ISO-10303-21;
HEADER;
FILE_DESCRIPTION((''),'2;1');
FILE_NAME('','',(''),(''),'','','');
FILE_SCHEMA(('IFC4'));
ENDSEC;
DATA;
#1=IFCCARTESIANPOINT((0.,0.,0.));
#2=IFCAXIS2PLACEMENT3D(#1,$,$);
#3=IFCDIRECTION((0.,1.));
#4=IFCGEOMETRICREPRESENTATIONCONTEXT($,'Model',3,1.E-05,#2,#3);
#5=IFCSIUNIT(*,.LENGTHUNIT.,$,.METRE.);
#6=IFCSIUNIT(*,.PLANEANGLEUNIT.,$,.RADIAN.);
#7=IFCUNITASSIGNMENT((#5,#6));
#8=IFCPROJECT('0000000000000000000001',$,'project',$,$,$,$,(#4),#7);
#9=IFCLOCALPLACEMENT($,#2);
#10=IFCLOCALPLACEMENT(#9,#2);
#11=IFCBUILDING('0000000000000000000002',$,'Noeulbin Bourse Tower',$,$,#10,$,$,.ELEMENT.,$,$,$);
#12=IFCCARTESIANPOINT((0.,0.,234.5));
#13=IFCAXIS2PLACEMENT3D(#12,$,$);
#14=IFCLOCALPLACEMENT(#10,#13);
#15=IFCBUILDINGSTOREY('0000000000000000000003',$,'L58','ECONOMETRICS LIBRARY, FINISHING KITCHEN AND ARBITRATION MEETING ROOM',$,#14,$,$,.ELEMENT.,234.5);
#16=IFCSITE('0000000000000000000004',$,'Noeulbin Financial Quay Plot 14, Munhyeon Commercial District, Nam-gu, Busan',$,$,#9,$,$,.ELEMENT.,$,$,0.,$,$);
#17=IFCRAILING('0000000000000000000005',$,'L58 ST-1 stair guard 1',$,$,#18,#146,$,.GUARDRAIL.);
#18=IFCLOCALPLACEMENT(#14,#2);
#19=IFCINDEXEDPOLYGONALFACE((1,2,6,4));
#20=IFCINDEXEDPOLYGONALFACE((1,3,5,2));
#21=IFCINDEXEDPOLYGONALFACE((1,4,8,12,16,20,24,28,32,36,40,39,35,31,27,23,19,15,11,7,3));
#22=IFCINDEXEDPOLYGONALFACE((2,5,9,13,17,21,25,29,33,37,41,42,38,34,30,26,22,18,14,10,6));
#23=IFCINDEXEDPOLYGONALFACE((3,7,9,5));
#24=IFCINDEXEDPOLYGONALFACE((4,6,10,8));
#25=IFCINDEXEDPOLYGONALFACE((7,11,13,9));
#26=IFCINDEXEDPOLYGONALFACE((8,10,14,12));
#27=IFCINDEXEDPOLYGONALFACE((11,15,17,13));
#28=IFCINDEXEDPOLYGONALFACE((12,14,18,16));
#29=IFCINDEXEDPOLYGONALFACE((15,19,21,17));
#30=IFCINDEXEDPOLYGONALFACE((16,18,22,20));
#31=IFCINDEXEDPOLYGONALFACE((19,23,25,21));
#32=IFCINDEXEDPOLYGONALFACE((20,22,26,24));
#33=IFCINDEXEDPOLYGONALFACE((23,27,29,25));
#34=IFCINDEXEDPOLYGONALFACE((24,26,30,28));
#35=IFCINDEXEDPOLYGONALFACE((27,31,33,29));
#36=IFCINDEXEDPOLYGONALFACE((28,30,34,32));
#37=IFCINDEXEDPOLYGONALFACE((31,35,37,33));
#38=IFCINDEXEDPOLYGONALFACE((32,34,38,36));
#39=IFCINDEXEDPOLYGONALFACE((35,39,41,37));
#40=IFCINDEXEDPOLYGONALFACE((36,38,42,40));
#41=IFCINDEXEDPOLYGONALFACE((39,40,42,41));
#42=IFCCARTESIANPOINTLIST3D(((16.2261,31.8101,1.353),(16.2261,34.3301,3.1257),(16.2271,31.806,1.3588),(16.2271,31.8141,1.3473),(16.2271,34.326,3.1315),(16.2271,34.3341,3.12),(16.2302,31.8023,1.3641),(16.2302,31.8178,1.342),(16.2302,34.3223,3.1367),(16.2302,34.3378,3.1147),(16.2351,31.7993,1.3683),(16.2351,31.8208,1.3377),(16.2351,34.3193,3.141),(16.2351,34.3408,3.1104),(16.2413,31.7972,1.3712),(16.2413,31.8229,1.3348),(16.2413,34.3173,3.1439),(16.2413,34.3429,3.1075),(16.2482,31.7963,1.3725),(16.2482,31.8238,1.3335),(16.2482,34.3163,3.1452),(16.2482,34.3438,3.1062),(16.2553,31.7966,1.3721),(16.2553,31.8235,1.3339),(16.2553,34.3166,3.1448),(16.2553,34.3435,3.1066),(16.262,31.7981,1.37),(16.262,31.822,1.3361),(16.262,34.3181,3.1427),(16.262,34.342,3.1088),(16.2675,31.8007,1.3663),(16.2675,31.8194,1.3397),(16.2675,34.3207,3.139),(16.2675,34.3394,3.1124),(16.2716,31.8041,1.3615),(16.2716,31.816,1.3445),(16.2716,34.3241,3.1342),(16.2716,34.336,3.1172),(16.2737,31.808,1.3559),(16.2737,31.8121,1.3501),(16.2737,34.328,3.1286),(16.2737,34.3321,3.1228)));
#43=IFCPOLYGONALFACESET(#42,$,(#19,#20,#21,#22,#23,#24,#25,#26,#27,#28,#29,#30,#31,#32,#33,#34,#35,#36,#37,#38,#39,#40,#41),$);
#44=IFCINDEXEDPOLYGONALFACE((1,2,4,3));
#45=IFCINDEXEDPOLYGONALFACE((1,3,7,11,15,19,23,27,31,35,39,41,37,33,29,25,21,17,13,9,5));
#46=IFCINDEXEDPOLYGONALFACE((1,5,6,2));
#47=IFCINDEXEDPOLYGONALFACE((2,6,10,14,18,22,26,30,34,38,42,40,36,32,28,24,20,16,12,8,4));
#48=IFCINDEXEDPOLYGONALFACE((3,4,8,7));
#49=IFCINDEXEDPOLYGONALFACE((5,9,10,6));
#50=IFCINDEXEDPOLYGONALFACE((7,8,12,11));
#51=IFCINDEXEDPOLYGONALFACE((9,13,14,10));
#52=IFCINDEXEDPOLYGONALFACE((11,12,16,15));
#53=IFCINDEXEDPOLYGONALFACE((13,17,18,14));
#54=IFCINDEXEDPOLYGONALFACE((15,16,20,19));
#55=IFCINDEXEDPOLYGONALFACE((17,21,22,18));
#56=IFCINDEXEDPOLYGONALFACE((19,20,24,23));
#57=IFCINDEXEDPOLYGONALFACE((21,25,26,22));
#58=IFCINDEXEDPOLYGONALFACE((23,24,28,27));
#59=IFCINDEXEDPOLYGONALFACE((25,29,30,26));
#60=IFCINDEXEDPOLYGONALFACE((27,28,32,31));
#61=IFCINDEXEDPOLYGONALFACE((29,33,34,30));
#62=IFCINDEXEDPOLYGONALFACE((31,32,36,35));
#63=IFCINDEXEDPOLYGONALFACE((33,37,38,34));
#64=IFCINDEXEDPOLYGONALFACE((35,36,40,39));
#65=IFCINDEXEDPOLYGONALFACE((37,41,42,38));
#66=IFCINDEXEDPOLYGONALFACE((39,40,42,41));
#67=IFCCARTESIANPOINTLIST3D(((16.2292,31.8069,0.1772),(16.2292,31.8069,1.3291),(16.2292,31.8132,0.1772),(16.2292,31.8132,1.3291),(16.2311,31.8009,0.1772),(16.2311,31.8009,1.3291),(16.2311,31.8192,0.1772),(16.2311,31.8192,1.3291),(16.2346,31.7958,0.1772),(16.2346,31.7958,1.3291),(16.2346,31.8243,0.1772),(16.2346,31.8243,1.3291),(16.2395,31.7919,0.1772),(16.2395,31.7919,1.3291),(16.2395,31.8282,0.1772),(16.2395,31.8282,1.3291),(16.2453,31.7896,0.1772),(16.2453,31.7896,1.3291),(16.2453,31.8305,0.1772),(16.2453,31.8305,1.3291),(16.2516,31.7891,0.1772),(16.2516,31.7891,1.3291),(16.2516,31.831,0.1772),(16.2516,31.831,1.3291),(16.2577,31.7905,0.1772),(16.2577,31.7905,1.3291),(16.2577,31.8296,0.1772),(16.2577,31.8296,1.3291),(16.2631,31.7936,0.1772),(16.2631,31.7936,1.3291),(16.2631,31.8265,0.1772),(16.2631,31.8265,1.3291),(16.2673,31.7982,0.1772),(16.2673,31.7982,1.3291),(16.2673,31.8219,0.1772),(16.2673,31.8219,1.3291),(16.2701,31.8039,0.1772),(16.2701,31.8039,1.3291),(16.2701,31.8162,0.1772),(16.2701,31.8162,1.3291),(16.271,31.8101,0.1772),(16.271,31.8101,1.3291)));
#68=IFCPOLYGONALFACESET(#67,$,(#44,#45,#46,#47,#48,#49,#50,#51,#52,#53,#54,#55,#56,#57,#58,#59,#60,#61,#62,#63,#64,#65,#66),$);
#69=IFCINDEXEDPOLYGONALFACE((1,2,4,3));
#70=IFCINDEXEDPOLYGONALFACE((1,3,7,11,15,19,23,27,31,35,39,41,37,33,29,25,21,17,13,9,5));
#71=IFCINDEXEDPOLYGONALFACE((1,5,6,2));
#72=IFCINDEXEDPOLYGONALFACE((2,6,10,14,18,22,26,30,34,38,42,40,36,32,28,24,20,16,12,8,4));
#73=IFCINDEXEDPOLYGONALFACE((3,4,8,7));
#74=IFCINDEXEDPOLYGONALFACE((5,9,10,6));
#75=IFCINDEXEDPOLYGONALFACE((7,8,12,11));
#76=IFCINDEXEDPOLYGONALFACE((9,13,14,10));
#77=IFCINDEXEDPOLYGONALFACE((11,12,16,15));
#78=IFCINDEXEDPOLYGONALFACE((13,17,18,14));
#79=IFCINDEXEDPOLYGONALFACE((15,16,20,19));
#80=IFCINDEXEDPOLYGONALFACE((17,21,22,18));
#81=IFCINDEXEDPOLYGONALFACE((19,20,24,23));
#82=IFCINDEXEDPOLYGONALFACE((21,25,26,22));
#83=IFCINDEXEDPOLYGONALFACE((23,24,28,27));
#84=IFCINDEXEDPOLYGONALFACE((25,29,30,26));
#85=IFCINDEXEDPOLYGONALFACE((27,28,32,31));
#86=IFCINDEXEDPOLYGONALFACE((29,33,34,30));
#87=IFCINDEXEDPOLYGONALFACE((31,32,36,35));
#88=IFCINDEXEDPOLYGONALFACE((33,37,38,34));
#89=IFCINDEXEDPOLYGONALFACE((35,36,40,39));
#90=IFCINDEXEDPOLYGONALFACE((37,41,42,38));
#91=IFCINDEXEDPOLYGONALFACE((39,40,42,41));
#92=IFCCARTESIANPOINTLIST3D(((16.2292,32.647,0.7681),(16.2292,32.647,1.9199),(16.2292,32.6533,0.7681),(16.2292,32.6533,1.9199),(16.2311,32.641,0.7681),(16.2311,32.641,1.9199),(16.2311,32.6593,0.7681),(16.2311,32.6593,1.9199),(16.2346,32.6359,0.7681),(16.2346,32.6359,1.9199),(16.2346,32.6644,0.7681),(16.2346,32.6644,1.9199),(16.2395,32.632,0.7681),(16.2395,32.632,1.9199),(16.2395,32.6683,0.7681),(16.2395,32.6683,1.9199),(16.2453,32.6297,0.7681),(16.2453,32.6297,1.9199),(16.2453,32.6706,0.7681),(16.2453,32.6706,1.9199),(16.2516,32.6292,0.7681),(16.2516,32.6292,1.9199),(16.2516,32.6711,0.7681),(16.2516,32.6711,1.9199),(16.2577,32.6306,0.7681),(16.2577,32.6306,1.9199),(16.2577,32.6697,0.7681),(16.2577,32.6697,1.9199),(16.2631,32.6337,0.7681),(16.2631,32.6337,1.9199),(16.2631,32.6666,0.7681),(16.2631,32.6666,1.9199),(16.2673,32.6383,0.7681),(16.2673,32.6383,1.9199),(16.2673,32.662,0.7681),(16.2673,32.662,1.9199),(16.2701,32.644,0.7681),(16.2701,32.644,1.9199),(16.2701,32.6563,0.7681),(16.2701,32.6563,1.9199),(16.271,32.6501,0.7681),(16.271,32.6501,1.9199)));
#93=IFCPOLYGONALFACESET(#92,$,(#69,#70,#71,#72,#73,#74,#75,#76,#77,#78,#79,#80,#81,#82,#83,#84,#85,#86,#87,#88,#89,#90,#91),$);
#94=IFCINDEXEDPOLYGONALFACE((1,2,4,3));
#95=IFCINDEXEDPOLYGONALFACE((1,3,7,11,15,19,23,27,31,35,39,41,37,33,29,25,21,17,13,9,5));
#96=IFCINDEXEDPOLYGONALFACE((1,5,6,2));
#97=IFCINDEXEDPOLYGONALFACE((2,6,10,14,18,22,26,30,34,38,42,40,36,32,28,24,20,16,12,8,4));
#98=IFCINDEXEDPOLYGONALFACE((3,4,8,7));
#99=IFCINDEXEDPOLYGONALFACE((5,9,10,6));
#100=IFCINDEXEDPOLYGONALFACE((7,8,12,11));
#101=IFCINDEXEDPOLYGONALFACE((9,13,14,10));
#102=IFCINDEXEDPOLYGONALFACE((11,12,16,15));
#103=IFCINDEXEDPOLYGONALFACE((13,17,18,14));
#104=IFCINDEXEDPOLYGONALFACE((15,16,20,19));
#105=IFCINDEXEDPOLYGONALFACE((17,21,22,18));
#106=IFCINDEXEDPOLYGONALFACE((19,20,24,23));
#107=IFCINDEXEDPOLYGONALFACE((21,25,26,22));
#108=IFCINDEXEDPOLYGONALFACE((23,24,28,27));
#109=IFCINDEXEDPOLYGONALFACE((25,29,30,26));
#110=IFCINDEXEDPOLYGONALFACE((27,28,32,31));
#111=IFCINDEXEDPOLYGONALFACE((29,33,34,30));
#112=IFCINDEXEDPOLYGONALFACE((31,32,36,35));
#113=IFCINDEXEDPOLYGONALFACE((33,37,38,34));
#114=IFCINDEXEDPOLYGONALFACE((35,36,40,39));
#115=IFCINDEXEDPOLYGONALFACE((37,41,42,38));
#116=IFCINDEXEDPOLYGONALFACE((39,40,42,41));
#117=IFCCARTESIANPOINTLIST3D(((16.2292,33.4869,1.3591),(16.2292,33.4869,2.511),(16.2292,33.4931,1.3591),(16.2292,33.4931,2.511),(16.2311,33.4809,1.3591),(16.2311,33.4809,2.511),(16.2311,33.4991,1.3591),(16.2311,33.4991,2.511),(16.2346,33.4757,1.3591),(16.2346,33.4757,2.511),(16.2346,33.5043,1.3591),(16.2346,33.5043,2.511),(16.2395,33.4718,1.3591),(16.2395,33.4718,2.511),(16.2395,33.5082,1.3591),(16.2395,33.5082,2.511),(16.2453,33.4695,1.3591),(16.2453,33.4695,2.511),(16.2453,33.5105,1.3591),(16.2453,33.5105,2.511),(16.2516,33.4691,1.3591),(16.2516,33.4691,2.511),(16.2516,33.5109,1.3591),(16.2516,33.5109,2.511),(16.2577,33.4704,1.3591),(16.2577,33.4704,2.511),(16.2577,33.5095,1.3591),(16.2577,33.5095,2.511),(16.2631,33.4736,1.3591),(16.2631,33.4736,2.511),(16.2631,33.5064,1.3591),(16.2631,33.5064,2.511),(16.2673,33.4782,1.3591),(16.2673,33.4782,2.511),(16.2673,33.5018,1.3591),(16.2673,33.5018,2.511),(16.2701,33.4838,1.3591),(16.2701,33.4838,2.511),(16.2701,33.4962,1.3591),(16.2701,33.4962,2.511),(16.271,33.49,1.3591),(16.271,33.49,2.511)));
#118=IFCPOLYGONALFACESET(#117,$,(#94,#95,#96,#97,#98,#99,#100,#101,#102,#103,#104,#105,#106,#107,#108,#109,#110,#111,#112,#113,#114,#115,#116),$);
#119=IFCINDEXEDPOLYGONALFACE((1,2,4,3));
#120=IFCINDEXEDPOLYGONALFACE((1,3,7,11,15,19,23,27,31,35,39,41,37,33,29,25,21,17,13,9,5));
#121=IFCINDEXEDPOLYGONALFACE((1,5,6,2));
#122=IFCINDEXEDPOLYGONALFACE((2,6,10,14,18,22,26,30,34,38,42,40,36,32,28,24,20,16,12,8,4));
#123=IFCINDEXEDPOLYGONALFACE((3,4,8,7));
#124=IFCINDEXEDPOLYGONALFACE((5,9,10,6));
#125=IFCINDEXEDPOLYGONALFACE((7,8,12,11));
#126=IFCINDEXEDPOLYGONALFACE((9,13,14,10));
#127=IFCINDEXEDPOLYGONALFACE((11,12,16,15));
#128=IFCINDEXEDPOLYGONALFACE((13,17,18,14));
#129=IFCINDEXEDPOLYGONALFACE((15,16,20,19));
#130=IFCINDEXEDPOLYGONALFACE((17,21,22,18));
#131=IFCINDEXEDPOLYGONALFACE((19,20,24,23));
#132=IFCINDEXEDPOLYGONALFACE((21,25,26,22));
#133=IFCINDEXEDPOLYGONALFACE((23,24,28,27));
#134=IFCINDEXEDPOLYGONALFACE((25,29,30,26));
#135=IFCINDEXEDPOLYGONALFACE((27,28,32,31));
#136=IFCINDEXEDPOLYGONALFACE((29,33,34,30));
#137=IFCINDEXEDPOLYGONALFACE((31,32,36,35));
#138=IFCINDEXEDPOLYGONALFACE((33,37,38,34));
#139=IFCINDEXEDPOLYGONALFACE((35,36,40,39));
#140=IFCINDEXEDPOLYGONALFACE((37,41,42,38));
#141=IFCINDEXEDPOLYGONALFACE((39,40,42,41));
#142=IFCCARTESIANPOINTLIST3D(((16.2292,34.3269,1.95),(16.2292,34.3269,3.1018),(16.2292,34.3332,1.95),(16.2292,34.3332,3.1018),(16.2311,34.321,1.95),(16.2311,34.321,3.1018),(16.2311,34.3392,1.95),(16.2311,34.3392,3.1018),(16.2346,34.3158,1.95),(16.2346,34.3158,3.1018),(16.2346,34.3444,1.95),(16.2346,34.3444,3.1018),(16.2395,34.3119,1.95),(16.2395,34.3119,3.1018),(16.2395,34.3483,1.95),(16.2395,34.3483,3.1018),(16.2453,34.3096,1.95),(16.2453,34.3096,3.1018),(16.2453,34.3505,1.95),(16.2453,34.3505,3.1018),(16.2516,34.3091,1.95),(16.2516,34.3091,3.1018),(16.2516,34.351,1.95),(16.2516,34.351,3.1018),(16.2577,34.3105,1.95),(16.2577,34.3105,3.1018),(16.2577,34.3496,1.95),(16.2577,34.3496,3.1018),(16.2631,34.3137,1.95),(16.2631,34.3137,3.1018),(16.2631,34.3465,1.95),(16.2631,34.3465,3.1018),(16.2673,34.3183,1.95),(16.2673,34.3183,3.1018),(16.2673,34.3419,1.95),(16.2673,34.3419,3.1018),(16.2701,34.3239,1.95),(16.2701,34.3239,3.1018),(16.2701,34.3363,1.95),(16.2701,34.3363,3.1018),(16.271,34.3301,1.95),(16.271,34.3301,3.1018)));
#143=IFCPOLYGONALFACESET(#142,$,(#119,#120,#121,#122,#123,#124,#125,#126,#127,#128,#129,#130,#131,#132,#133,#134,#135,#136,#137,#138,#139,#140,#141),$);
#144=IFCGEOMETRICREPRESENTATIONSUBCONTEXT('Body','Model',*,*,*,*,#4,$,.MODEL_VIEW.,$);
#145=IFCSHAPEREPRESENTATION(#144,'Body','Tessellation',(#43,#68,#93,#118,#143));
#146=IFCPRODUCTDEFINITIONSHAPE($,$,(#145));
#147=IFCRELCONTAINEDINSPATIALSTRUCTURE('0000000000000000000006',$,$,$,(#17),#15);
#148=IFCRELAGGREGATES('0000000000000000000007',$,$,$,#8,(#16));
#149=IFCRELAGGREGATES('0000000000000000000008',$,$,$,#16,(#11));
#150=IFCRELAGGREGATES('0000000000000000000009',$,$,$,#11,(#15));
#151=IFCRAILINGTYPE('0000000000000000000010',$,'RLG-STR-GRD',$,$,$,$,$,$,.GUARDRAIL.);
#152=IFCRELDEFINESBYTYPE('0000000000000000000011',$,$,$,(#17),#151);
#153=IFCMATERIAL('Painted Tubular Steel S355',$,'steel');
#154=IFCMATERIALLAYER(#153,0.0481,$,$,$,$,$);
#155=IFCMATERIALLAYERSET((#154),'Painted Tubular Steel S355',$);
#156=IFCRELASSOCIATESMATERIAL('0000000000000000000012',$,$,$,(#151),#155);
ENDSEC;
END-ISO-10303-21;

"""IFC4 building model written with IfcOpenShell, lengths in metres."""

from ifc_helpers import new_model, si_unit, direction, frame, origin, origin_2d, place, context, subcontext, project, spatial, circle, extrude, material, layer, layer_set, type_object, element, save


model = new_model("IFC4")

# Units and contexts
model_context = context("Model", 3, precision=1e-05, world=origin(), true_north=direction((0.0, 1.0)))
body_context = subcontext(model_context, "Body", "Model", "MODEL_VIEW")
ifc_project = project(units=[si_unit("LENGTHUNIT", "METRE"), si_unit("PLANEANGLEUNIT", "RADIAN")], contexts=[model_context])

# Site, building, storey
site_placement = place(None, origin())
site = spatial("IfcSite", under=ifc_project, at=site_placement, Name="Noeulbin Financial Quay Plot 14, Munhyeon Commercial District, Nam-gu, Busan", CompositionType="ELEMENT", RefElevation=0.0)
building_placement = place(site_placement, origin())
building = spatial("IfcBuilding", under=site, at=building_placement, Name="Noeulbin Bourse Tower", CompositionType="ELEMENT")
storey_placement = place(building_placement, frame((0.0, 0.0, 234.5)))
storey = spatial("IfcBuildingStorey", under=building, at=storey_placement, Name="L58", Description="ECONOMETRICS LIBRARY, FINISHING KITCHEN AND ARBITRATION MEETING ROOM", CompositionType="ELEMENT", Elevation=234.5)

# Railing
ifc_material_1 = material(Name="Painted Tubular Steel S355", Category="steel")
ifc_layer_1 = layer(ifc_material_1, 0.0481)
ifc_layer_set_1 = layer_set([ifc_layer_1], Name="Painted Tubular Steel S355")
railing_type_1 = type_object("IfcRailingType", Name="RLG-STR-GRD", PredefinedType="GUARDRAIL", material=ifc_layer_set_1)
railing_1_placement = place(storey_placement, frame((16.25, 31.8101, 0.1772)))
element("IfcRailing", 1, at=railing_1_placement, inside=storey, type_object=railing_type_1, Name="L58 ST-1 stair guard 1", PredefinedType="GUARDRAIL", context=body_context, shape_type="SweptSolid", body=[
    extrude(circle(Radius=0.0239, at=origin_2d()), frame((0.0, 0.0, 1.1758), z_axis=(0.0, 0.817904, 0.575354), x_axis=(-1.0, 0.0, 0.0)), (0.0, 0.0, 1.0), 3.0811),
    extrude(circle(Radius=0.021, at=origin_2d()), origin(), (0.0, 0.0, 1.0), 1.1519),
    extrude(circle(Radius=0.021, at=origin_2d()), frame((0.0, 0.8401, 0.5908)), (0.0, 0.0, 1.0), 1.1519),
    extrude(circle(Radius=0.021, at=origin_2d()), frame((0.0, 1.6799, 1.1819)), (0.0, 0.0, 1.0), 1.1519),
    extrude(circle(Radius=0.021, at=origin_2d()), frame((0.0, 2.52, 1.7727)), (0.0, 0.0, 1.0), 1.1519),
])

save(model, "model.ifc")
